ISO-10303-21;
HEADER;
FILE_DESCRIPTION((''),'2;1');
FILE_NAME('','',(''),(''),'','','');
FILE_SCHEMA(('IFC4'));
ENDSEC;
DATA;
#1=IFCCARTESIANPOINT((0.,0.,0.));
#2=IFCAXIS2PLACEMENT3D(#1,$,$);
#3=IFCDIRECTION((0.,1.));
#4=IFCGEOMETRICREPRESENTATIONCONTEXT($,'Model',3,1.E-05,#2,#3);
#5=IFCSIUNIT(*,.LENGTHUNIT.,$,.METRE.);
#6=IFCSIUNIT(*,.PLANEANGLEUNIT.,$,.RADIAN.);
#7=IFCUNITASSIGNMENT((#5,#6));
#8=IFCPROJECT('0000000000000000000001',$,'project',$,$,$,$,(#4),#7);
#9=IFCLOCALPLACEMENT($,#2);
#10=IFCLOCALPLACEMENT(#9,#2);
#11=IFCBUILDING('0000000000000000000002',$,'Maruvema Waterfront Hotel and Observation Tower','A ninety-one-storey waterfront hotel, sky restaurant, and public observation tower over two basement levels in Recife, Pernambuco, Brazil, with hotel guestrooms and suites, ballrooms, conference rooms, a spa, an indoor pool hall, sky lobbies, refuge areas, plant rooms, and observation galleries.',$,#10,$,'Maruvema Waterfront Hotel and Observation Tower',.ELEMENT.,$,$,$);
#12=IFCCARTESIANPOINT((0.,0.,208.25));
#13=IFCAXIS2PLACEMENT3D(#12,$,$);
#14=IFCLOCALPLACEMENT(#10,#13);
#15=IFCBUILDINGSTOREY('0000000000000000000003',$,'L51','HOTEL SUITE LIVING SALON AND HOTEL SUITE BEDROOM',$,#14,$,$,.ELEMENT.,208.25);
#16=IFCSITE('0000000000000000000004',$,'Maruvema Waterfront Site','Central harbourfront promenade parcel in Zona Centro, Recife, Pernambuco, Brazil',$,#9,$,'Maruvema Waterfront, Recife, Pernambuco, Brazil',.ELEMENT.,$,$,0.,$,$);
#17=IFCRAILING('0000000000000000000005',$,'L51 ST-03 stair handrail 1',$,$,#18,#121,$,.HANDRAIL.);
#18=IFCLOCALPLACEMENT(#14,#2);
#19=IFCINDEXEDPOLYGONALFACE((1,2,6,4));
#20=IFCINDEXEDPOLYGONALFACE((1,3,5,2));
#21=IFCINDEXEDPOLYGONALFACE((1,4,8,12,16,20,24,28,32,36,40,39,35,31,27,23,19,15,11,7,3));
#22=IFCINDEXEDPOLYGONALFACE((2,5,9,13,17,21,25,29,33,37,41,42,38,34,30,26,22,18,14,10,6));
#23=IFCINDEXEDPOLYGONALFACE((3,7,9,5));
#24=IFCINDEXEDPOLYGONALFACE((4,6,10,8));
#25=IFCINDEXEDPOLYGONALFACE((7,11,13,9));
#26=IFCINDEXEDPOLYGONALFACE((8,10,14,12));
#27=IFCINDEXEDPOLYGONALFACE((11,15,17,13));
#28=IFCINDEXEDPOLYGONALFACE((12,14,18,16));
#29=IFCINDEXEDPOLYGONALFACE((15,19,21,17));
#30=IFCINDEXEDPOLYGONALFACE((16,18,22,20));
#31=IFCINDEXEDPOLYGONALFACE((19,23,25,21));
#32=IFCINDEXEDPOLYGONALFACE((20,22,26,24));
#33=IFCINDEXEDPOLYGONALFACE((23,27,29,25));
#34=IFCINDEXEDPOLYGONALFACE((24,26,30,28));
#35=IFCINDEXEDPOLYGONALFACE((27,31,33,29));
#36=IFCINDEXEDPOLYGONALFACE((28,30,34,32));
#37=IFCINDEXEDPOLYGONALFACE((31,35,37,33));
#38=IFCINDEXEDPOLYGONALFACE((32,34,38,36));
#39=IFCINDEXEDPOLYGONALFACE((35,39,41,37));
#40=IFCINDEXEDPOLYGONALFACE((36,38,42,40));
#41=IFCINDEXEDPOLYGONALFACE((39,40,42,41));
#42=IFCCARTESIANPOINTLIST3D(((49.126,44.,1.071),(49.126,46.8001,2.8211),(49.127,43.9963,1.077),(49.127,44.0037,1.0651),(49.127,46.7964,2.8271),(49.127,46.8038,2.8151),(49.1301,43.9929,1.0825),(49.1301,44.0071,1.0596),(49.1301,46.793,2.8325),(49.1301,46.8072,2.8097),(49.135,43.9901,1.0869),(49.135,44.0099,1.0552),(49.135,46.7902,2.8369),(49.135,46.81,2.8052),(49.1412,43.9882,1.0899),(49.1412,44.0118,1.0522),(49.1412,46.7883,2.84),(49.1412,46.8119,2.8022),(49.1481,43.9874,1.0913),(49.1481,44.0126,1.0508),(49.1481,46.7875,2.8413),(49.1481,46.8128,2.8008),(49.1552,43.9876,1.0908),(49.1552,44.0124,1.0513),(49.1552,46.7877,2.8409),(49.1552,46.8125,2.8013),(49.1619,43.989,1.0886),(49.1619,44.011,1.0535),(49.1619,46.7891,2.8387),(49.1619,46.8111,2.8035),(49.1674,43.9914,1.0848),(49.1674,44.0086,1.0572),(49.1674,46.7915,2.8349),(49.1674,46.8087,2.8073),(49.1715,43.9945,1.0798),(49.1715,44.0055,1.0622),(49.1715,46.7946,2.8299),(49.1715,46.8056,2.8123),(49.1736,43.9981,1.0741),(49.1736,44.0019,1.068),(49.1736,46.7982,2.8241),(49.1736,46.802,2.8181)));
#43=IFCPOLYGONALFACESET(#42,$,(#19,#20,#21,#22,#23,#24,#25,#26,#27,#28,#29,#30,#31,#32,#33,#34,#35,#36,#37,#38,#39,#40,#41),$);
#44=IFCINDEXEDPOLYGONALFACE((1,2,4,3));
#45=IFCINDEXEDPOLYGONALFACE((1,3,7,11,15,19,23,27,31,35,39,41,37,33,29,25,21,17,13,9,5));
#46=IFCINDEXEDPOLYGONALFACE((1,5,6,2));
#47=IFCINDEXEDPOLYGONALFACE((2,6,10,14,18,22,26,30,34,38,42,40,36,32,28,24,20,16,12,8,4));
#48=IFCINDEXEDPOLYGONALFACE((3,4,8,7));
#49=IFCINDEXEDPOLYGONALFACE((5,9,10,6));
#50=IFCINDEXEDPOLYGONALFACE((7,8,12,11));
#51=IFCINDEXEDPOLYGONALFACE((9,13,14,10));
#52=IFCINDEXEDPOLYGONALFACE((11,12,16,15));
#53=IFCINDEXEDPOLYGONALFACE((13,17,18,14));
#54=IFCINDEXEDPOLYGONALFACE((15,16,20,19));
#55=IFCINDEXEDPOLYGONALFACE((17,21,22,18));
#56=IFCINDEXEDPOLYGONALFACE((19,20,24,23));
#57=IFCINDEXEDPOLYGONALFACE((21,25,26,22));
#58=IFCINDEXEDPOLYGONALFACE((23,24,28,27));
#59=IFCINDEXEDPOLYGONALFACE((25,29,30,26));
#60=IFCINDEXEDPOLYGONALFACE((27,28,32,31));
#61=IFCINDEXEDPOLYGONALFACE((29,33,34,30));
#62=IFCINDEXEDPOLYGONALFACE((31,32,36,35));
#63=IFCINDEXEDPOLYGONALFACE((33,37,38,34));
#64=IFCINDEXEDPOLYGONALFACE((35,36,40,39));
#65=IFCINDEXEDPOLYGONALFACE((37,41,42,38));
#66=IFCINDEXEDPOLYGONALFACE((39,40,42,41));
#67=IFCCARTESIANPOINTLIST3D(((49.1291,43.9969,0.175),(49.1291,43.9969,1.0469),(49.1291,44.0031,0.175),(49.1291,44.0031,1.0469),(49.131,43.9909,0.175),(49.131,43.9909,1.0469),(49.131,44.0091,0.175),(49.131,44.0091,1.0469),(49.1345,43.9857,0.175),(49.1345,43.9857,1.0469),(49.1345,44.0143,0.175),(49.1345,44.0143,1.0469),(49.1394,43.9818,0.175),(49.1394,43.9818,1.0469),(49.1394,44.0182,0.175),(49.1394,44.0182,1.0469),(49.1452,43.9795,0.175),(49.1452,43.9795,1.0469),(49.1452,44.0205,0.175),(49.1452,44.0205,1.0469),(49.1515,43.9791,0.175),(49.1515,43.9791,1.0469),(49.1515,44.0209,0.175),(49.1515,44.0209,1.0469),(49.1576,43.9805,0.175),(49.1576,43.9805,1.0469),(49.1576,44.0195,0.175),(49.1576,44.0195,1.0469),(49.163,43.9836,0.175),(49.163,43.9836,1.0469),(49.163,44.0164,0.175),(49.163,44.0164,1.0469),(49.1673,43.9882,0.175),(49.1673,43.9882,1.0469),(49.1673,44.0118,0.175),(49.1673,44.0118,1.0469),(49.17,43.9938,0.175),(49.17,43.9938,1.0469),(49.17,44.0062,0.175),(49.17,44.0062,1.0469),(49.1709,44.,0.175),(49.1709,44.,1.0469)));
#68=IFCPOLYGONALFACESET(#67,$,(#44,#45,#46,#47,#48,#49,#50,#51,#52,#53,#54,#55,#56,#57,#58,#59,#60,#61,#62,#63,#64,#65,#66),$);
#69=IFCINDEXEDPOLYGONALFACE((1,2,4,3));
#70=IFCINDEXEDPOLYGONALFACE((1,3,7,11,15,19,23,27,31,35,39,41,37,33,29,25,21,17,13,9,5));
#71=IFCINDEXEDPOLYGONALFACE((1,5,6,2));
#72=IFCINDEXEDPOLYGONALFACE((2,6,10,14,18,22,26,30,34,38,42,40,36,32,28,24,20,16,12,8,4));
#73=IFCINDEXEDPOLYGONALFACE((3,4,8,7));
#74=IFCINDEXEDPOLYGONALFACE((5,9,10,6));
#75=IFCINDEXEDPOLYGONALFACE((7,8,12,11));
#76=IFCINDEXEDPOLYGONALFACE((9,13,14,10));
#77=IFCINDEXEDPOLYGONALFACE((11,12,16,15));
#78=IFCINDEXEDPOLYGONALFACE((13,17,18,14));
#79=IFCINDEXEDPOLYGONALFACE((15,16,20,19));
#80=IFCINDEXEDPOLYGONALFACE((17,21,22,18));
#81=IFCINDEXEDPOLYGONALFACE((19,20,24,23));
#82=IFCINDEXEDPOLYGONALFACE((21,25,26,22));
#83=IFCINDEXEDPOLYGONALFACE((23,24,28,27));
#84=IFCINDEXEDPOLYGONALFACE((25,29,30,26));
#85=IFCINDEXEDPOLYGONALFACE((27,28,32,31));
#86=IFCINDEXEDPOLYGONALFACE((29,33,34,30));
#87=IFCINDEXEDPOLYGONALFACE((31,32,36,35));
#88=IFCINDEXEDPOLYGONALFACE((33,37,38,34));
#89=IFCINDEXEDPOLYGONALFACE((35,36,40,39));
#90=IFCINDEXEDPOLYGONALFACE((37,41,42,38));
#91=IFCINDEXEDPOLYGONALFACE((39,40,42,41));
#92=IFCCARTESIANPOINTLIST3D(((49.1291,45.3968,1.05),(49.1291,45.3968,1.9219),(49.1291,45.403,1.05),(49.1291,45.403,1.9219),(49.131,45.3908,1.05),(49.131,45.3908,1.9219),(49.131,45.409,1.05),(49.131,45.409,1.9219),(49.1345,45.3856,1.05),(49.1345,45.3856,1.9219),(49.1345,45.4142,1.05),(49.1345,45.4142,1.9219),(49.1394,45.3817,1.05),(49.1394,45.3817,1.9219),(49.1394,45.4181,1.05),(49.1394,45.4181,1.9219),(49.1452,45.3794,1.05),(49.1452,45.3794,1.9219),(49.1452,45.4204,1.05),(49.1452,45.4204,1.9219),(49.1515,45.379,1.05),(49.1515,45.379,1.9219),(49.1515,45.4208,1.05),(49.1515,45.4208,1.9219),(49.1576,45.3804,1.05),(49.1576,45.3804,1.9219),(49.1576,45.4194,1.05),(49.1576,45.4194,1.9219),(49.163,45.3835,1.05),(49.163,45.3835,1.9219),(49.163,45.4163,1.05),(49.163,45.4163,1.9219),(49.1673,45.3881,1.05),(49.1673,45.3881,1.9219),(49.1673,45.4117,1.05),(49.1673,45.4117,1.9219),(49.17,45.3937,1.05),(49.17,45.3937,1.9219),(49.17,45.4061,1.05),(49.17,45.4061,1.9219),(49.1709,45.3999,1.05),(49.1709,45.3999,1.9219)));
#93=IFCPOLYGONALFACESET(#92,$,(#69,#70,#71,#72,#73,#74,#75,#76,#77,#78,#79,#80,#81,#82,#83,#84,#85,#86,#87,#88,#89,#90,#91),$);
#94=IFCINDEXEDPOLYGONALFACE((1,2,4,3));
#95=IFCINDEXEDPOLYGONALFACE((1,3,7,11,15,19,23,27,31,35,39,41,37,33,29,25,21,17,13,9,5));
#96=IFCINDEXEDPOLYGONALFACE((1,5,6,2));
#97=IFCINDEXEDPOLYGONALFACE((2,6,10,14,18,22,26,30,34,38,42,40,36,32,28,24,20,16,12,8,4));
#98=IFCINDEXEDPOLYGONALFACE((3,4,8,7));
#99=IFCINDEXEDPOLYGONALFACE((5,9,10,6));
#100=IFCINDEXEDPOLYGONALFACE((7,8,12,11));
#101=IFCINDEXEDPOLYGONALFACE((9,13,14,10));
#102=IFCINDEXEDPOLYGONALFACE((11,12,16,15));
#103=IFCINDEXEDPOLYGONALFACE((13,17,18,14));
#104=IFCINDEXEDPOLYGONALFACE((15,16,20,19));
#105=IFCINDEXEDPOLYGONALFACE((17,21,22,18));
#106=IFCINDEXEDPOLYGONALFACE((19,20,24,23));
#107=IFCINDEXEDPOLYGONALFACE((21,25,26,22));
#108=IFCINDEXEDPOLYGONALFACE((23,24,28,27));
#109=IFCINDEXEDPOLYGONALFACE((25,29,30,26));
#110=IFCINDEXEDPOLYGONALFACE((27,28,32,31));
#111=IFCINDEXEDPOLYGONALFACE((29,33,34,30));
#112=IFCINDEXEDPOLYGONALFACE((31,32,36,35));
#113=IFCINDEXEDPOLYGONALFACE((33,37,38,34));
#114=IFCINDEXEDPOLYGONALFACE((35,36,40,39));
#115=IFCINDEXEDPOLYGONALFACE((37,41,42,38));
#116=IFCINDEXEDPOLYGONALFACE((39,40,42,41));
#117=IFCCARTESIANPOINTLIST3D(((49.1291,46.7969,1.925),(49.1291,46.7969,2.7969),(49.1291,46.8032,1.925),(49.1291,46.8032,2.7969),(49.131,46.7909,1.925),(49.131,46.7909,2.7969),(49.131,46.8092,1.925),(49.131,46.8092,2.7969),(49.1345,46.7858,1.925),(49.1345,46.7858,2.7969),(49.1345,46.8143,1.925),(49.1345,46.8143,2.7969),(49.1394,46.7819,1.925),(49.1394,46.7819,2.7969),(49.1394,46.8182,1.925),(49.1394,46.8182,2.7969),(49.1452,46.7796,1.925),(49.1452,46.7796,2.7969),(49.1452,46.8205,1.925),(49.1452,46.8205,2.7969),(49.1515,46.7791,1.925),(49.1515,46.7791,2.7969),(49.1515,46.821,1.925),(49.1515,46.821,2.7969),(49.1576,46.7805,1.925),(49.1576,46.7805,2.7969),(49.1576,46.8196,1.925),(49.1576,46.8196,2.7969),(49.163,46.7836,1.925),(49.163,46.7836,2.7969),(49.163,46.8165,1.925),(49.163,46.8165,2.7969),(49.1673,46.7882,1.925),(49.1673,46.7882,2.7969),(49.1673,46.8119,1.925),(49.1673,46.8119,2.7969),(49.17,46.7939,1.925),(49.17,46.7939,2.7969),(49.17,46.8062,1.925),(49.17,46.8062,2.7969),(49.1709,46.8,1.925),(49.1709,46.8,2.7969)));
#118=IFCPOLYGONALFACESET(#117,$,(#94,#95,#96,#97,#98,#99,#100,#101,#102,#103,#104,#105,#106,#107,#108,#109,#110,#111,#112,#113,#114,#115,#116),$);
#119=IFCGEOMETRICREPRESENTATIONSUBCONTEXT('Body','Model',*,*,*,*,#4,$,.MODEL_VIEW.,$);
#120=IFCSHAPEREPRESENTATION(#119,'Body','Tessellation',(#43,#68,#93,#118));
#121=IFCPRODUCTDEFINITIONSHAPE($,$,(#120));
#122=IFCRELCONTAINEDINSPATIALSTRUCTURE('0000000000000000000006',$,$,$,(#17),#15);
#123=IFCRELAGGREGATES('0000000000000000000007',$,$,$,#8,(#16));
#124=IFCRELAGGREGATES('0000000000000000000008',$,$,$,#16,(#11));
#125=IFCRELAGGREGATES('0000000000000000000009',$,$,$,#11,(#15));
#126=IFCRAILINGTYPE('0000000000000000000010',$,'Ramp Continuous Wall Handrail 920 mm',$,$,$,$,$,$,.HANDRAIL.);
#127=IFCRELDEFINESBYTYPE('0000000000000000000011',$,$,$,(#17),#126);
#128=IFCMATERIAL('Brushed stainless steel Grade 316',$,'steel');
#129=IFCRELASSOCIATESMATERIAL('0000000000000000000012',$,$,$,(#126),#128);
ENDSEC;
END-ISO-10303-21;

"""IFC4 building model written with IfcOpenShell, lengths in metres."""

from ifc_helpers import new_model, si_unit, direction, frame, origin, origin_2d, place, context, subcontext, project, spatial, circle, extrude, material, type_object, element, save


model = new_model("IFC4")

# Units and contexts
model_context = context("Model", 3, precision=1e-05, world=origin(), true_north=direction((0.0, 1.0)))
body_context = subcontext(model_context, "Body", "Model", "MODEL_VIEW")
ifc_project = project(units=[si_unit("LENGTHUNIT", "METRE"), si_unit("PLANEANGLEUNIT", "RADIAN")], contexts=[model_context])

# Site, building, storey
site_placement = place(None, origin())
site = spatial("IfcSite", under=ifc_project, at=site_placement, Name="Maruvema Waterfront Site", Description="Central harbourfront promenade parcel in Zona Centro, Recife, Pernambuco, Brazil", LongName="Maruvema Waterfront, Recife, Pernambuco, Brazil", CompositionType="ELEMENT", RefElevation=0.0)
building_placement = place(site_placement, origin())
building = spatial("IfcBuilding", under=site, at=building_placement, Name="Maruvema Waterfront Hotel and Observation Tower", Description="A ninety-one-storey waterfront hotel, sky restaurant, and public observation tower over two basement levels in Recife, Pernambuco, Brazil, with hotel guestrooms and suites, ballrooms, conference rooms, a spa, an indoor pool hall, sky lobbies, refuge areas, plant rooms, and observation galleries.", LongName="Maruvema Waterfront Hotel and Observation Tower", CompositionType="ELEMENT")
storey_placement = place(building_placement, frame((0.0, 0.0, 208.25)))
storey = spatial("IfcBuildingStorey", under=building, at=storey_placement, Name="L51", Description="HOTEL SUITE LIVING SALON AND HOTEL SUITE BEDROOM", CompositionType="ELEMENT", Elevation=208.25)

# Railing
ifc_material_1 = material(Name="Brushed stainless steel Grade 316", Category="steel")
railing_type_1 = type_object("IfcRailingType", Name="Ramp Continuous Wall Handrail 920 mm", PredefinedType="HANDRAIL", material=ifc_material_1)
railing_1_placement = place(storey_placement, frame((49.1499, 44.0, 0.175)))
element("IfcRailing", 1, at=railing_1_placement, inside=storey, type_object=railing_type_1, Name="L51 ST-03 stair handrail 1", PredefinedType="HANDRAIL", context=body_context, shape_type="SweptSolid", body=[
    extrude(circle(Radius=0.0239, at=origin_2d()), frame((0.0, 0.0, 0.896), z_axis=(0.0, 0.848002, 0.529992), x_axis=(-1.0, 0.0, 0.0)), (0.0, 0.0, 1.0), 3.302),
    extrude(circle(Radius=0.021, at=origin_2d()), origin(), (0.0, 0.0, 1.0), 0.8718),
    extrude(circle(Radius=0.021, at=origin_2d()), frame((0.0, 1.3999, 0.875)), (0.0, 0.0, 1.0), 0.8718),
    extrude(circle(Radius=0.021, at=origin_2d()), frame((0.0, 2.8, 1.75)), (0.0, 0.0, 1.0), 0.8718),
])

save(model, "model.ifc")
